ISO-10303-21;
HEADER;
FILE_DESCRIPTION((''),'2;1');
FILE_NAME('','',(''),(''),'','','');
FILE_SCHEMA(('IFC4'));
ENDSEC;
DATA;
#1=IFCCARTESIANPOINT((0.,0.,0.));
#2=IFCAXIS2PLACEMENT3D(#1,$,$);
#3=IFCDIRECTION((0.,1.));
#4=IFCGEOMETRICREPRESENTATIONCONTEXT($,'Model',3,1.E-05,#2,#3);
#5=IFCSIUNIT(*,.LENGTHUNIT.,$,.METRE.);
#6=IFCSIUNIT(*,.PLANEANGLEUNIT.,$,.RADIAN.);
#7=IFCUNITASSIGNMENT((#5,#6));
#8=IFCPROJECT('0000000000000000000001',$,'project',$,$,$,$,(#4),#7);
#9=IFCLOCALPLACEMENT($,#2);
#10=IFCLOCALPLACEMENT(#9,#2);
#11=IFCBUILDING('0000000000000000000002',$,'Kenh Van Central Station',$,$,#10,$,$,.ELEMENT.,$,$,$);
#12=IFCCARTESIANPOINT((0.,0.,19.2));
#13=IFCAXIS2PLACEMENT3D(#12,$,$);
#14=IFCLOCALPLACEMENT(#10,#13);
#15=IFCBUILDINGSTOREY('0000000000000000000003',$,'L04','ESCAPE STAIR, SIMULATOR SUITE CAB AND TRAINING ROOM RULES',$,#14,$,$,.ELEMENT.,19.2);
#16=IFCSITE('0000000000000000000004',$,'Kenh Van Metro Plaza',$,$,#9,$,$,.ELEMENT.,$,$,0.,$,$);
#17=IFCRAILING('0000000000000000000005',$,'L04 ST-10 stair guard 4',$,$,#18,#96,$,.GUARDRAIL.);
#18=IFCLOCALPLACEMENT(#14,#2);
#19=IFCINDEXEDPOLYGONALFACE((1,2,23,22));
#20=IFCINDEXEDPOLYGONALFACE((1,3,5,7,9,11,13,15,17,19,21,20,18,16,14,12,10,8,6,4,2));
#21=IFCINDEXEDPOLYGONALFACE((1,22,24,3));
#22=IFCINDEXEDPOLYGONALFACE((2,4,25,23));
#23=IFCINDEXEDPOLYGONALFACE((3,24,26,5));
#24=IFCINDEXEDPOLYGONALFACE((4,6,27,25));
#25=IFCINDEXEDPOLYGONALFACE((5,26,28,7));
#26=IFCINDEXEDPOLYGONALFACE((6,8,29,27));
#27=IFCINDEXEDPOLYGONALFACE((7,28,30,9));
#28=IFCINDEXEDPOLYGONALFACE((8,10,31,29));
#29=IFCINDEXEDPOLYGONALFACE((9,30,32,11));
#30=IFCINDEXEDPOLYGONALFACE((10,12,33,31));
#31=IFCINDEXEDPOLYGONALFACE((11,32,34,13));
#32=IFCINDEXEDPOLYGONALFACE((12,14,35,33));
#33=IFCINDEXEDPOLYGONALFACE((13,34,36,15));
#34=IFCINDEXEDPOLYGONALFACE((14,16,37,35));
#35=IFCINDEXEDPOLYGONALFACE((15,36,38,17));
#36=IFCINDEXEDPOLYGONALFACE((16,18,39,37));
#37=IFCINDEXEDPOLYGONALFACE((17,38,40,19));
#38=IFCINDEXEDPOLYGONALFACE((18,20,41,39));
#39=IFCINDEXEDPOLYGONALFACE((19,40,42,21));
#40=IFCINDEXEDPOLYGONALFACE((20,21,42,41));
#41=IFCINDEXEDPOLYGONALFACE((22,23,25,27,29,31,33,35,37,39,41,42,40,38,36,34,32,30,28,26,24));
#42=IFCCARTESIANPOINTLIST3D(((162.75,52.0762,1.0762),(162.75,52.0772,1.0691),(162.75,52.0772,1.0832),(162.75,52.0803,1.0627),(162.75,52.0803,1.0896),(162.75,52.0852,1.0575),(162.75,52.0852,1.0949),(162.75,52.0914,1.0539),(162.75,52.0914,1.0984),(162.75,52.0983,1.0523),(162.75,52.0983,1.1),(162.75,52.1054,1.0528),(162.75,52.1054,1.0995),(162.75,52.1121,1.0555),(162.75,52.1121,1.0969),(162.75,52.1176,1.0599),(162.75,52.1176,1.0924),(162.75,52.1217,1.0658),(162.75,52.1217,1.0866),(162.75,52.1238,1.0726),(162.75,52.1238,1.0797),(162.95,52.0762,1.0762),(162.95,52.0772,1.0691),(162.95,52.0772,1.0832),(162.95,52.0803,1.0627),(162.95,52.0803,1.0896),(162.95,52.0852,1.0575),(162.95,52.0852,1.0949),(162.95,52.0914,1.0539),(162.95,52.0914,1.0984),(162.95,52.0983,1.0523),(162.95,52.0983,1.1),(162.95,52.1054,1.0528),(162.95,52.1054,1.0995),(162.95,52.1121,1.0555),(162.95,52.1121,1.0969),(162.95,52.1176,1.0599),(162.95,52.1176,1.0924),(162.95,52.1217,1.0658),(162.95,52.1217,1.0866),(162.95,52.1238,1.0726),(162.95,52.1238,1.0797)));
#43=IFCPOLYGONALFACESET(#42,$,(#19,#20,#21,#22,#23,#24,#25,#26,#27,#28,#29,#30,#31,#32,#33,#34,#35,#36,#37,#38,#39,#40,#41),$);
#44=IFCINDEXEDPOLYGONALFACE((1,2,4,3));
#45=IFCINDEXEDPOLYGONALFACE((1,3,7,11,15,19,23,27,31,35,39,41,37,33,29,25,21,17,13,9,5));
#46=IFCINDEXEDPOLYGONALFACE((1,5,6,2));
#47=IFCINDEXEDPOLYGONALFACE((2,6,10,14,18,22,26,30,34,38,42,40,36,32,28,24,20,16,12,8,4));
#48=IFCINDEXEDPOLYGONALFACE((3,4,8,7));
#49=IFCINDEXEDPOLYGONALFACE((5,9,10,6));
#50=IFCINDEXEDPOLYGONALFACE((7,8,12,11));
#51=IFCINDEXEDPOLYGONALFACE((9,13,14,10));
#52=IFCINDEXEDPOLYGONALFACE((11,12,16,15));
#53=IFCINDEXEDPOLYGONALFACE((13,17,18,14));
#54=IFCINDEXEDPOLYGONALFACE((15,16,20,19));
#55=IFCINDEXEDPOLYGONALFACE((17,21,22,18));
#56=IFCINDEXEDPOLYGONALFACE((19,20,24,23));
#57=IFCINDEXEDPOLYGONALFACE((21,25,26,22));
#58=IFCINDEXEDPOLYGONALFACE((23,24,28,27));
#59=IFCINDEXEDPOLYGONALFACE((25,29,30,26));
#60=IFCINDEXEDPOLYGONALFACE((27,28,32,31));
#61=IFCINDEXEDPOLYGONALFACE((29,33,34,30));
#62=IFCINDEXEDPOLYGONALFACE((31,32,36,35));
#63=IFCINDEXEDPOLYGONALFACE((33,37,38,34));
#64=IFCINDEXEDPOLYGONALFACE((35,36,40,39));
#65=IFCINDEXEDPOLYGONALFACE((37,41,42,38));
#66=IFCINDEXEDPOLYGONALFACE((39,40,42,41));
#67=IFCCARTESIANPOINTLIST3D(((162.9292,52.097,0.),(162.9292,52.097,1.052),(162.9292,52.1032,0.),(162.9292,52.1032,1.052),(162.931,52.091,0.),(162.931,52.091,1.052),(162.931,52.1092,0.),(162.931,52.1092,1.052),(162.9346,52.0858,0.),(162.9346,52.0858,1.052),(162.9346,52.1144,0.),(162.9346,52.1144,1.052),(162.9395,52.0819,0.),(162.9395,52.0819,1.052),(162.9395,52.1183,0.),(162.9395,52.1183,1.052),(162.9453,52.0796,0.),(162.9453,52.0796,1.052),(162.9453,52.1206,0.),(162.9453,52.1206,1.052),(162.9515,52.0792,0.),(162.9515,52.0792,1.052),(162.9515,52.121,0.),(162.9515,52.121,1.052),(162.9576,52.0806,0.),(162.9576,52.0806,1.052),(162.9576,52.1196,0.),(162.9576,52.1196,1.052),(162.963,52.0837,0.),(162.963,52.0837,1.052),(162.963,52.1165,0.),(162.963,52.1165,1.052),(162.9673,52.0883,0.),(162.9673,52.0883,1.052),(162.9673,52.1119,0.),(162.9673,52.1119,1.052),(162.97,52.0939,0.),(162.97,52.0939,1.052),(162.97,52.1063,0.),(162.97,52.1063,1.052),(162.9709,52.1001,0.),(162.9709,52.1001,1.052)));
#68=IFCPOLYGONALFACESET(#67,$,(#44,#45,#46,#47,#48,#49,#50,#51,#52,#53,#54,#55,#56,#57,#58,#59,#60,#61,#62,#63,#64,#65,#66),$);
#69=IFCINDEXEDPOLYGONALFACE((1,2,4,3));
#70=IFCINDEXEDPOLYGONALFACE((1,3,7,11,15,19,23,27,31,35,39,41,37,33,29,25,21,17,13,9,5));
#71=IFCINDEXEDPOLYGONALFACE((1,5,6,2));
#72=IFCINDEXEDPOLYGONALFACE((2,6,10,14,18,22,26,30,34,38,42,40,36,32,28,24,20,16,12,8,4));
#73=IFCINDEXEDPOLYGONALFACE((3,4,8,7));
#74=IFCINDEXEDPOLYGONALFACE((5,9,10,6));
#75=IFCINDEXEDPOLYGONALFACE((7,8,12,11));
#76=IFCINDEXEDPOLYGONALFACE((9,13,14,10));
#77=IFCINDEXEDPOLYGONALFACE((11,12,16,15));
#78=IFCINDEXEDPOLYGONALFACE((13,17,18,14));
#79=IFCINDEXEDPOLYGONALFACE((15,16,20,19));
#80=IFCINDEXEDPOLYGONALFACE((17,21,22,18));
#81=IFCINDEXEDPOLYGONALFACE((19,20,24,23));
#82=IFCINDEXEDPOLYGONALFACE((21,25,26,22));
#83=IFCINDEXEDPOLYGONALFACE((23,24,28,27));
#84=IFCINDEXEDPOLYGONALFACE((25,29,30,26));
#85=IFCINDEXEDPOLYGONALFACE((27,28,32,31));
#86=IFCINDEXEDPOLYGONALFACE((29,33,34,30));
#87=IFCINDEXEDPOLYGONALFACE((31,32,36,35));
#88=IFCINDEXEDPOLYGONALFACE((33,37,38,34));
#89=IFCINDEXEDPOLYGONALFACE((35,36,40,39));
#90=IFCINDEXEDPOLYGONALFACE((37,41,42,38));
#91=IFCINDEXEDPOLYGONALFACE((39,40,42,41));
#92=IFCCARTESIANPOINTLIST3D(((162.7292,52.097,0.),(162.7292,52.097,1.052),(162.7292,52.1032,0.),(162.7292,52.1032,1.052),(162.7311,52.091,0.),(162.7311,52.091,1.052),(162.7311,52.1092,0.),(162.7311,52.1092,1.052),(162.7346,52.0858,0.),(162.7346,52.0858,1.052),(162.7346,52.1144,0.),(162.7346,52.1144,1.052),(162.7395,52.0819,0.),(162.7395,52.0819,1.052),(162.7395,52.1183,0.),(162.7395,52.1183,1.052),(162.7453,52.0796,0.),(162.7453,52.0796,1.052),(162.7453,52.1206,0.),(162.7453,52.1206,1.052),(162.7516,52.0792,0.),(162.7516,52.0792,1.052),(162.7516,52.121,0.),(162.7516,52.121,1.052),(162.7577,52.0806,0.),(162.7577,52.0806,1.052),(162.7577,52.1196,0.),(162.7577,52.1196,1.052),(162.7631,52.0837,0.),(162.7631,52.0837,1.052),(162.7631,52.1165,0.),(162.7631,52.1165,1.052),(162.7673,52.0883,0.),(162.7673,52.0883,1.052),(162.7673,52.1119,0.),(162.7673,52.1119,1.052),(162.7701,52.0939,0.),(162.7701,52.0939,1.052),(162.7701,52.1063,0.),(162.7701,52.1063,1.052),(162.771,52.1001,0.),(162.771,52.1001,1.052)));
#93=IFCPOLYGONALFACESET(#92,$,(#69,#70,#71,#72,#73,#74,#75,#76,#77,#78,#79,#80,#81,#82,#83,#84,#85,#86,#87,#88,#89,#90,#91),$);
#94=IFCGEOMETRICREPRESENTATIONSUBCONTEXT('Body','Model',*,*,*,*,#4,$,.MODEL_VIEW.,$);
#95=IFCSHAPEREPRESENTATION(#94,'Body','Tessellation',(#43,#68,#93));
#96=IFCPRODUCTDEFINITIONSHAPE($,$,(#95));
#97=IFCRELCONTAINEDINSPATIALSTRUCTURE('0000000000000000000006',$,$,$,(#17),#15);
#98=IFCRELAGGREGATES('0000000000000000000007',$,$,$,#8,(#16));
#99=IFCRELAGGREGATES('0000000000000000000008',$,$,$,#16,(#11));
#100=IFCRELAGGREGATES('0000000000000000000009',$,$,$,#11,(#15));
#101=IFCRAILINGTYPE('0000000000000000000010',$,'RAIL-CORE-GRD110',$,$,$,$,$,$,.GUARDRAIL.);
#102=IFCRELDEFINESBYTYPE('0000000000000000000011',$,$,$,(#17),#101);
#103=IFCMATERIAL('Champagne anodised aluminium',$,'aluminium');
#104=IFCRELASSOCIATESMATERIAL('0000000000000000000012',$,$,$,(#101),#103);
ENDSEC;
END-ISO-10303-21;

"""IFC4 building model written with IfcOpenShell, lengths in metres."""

from ifc_helpers import new_model, si_unit, direction, frame, origin, origin_2d, place, context, subcontext, project, spatial, circle, extrude, material, type_object, element, save


model = new_model("IFC4")

# Units and contexts
model_context = context("Model", 3, precision=1e-05, world=origin(), true_north=direction((0.0, 1.0)))
body_context = subcontext(model_context, "Body", "Model", "MODEL_VIEW")
ifc_project = project(units=[si_unit("LENGTHUNIT", "METRE"), si_unit("PLANEANGLEUNIT", "RADIAN")], contexts=[model_context])

# Site, building, storey
site_placement = place(None, origin())
site = spatial("IfcSite", under=ifc_project, at=site_placement, Name="Kenh Van Metro Plaza", CompositionType="ELEMENT", RefElevation=0.0)
building_placement = place(site_placement, origin())
building = spatial("IfcBuilding", under=site, at=building_placement, Name="Kenh Van Central Station", CompositionType="ELEMENT")
storey_placement = place(building_placement, frame((0.0, 0.0, 19.2)))
storey = spatial("IfcBuildingStorey", under=building, at=storey_placement, Name="L04", Description="ESCAPE STAIR, SIMULATOR SUITE CAB AND TRAINING ROOM RULES", CompositionType="ELEMENT", Elevation=19.2)

# Shared definitions
ifc_material_1 = material(Name="Champagne anodised aluminium", Category="aluminium")

# Railing
railing_type_1 = type_object("IfcRailingType", Name="RAIL-CORE-GRD110", PredefinedType="GUARDRAIL", material=ifc_material_1)
railing_1_placement = place(storey_placement, frame((162.95, 52.1001, 0.0)))
element("IfcRailing", 1, at=railing_1_placement, inside=storey, type_object=railing_type_1, Name="L04 ST-10 stair guard 4", PredefinedType="GUARDRAIL", context=body_context, shape_type="SweptSolid", body=[
    extrude(circle(Radius=0.0239, at=origin_2d()), frame((0.0, 0.0, 1.0762), z_axis=(-1.0, 0.0, 0.0), x_axis=(0.0, -1.0, 0.0)), (0.0, 0.0, 1.0), 0.2),
    extrude(circle(Radius=0.021, at=origin_2d()), origin(), (0.0, 0.0, 1.0), 1.052),
    extrude(circle(Radius=0.021, at=origin_2d()), frame((-0.2, 0.0, 0.0)), (0.0, 0.0, 1.0), 1.052),
])

save(model, "model.ifc")
